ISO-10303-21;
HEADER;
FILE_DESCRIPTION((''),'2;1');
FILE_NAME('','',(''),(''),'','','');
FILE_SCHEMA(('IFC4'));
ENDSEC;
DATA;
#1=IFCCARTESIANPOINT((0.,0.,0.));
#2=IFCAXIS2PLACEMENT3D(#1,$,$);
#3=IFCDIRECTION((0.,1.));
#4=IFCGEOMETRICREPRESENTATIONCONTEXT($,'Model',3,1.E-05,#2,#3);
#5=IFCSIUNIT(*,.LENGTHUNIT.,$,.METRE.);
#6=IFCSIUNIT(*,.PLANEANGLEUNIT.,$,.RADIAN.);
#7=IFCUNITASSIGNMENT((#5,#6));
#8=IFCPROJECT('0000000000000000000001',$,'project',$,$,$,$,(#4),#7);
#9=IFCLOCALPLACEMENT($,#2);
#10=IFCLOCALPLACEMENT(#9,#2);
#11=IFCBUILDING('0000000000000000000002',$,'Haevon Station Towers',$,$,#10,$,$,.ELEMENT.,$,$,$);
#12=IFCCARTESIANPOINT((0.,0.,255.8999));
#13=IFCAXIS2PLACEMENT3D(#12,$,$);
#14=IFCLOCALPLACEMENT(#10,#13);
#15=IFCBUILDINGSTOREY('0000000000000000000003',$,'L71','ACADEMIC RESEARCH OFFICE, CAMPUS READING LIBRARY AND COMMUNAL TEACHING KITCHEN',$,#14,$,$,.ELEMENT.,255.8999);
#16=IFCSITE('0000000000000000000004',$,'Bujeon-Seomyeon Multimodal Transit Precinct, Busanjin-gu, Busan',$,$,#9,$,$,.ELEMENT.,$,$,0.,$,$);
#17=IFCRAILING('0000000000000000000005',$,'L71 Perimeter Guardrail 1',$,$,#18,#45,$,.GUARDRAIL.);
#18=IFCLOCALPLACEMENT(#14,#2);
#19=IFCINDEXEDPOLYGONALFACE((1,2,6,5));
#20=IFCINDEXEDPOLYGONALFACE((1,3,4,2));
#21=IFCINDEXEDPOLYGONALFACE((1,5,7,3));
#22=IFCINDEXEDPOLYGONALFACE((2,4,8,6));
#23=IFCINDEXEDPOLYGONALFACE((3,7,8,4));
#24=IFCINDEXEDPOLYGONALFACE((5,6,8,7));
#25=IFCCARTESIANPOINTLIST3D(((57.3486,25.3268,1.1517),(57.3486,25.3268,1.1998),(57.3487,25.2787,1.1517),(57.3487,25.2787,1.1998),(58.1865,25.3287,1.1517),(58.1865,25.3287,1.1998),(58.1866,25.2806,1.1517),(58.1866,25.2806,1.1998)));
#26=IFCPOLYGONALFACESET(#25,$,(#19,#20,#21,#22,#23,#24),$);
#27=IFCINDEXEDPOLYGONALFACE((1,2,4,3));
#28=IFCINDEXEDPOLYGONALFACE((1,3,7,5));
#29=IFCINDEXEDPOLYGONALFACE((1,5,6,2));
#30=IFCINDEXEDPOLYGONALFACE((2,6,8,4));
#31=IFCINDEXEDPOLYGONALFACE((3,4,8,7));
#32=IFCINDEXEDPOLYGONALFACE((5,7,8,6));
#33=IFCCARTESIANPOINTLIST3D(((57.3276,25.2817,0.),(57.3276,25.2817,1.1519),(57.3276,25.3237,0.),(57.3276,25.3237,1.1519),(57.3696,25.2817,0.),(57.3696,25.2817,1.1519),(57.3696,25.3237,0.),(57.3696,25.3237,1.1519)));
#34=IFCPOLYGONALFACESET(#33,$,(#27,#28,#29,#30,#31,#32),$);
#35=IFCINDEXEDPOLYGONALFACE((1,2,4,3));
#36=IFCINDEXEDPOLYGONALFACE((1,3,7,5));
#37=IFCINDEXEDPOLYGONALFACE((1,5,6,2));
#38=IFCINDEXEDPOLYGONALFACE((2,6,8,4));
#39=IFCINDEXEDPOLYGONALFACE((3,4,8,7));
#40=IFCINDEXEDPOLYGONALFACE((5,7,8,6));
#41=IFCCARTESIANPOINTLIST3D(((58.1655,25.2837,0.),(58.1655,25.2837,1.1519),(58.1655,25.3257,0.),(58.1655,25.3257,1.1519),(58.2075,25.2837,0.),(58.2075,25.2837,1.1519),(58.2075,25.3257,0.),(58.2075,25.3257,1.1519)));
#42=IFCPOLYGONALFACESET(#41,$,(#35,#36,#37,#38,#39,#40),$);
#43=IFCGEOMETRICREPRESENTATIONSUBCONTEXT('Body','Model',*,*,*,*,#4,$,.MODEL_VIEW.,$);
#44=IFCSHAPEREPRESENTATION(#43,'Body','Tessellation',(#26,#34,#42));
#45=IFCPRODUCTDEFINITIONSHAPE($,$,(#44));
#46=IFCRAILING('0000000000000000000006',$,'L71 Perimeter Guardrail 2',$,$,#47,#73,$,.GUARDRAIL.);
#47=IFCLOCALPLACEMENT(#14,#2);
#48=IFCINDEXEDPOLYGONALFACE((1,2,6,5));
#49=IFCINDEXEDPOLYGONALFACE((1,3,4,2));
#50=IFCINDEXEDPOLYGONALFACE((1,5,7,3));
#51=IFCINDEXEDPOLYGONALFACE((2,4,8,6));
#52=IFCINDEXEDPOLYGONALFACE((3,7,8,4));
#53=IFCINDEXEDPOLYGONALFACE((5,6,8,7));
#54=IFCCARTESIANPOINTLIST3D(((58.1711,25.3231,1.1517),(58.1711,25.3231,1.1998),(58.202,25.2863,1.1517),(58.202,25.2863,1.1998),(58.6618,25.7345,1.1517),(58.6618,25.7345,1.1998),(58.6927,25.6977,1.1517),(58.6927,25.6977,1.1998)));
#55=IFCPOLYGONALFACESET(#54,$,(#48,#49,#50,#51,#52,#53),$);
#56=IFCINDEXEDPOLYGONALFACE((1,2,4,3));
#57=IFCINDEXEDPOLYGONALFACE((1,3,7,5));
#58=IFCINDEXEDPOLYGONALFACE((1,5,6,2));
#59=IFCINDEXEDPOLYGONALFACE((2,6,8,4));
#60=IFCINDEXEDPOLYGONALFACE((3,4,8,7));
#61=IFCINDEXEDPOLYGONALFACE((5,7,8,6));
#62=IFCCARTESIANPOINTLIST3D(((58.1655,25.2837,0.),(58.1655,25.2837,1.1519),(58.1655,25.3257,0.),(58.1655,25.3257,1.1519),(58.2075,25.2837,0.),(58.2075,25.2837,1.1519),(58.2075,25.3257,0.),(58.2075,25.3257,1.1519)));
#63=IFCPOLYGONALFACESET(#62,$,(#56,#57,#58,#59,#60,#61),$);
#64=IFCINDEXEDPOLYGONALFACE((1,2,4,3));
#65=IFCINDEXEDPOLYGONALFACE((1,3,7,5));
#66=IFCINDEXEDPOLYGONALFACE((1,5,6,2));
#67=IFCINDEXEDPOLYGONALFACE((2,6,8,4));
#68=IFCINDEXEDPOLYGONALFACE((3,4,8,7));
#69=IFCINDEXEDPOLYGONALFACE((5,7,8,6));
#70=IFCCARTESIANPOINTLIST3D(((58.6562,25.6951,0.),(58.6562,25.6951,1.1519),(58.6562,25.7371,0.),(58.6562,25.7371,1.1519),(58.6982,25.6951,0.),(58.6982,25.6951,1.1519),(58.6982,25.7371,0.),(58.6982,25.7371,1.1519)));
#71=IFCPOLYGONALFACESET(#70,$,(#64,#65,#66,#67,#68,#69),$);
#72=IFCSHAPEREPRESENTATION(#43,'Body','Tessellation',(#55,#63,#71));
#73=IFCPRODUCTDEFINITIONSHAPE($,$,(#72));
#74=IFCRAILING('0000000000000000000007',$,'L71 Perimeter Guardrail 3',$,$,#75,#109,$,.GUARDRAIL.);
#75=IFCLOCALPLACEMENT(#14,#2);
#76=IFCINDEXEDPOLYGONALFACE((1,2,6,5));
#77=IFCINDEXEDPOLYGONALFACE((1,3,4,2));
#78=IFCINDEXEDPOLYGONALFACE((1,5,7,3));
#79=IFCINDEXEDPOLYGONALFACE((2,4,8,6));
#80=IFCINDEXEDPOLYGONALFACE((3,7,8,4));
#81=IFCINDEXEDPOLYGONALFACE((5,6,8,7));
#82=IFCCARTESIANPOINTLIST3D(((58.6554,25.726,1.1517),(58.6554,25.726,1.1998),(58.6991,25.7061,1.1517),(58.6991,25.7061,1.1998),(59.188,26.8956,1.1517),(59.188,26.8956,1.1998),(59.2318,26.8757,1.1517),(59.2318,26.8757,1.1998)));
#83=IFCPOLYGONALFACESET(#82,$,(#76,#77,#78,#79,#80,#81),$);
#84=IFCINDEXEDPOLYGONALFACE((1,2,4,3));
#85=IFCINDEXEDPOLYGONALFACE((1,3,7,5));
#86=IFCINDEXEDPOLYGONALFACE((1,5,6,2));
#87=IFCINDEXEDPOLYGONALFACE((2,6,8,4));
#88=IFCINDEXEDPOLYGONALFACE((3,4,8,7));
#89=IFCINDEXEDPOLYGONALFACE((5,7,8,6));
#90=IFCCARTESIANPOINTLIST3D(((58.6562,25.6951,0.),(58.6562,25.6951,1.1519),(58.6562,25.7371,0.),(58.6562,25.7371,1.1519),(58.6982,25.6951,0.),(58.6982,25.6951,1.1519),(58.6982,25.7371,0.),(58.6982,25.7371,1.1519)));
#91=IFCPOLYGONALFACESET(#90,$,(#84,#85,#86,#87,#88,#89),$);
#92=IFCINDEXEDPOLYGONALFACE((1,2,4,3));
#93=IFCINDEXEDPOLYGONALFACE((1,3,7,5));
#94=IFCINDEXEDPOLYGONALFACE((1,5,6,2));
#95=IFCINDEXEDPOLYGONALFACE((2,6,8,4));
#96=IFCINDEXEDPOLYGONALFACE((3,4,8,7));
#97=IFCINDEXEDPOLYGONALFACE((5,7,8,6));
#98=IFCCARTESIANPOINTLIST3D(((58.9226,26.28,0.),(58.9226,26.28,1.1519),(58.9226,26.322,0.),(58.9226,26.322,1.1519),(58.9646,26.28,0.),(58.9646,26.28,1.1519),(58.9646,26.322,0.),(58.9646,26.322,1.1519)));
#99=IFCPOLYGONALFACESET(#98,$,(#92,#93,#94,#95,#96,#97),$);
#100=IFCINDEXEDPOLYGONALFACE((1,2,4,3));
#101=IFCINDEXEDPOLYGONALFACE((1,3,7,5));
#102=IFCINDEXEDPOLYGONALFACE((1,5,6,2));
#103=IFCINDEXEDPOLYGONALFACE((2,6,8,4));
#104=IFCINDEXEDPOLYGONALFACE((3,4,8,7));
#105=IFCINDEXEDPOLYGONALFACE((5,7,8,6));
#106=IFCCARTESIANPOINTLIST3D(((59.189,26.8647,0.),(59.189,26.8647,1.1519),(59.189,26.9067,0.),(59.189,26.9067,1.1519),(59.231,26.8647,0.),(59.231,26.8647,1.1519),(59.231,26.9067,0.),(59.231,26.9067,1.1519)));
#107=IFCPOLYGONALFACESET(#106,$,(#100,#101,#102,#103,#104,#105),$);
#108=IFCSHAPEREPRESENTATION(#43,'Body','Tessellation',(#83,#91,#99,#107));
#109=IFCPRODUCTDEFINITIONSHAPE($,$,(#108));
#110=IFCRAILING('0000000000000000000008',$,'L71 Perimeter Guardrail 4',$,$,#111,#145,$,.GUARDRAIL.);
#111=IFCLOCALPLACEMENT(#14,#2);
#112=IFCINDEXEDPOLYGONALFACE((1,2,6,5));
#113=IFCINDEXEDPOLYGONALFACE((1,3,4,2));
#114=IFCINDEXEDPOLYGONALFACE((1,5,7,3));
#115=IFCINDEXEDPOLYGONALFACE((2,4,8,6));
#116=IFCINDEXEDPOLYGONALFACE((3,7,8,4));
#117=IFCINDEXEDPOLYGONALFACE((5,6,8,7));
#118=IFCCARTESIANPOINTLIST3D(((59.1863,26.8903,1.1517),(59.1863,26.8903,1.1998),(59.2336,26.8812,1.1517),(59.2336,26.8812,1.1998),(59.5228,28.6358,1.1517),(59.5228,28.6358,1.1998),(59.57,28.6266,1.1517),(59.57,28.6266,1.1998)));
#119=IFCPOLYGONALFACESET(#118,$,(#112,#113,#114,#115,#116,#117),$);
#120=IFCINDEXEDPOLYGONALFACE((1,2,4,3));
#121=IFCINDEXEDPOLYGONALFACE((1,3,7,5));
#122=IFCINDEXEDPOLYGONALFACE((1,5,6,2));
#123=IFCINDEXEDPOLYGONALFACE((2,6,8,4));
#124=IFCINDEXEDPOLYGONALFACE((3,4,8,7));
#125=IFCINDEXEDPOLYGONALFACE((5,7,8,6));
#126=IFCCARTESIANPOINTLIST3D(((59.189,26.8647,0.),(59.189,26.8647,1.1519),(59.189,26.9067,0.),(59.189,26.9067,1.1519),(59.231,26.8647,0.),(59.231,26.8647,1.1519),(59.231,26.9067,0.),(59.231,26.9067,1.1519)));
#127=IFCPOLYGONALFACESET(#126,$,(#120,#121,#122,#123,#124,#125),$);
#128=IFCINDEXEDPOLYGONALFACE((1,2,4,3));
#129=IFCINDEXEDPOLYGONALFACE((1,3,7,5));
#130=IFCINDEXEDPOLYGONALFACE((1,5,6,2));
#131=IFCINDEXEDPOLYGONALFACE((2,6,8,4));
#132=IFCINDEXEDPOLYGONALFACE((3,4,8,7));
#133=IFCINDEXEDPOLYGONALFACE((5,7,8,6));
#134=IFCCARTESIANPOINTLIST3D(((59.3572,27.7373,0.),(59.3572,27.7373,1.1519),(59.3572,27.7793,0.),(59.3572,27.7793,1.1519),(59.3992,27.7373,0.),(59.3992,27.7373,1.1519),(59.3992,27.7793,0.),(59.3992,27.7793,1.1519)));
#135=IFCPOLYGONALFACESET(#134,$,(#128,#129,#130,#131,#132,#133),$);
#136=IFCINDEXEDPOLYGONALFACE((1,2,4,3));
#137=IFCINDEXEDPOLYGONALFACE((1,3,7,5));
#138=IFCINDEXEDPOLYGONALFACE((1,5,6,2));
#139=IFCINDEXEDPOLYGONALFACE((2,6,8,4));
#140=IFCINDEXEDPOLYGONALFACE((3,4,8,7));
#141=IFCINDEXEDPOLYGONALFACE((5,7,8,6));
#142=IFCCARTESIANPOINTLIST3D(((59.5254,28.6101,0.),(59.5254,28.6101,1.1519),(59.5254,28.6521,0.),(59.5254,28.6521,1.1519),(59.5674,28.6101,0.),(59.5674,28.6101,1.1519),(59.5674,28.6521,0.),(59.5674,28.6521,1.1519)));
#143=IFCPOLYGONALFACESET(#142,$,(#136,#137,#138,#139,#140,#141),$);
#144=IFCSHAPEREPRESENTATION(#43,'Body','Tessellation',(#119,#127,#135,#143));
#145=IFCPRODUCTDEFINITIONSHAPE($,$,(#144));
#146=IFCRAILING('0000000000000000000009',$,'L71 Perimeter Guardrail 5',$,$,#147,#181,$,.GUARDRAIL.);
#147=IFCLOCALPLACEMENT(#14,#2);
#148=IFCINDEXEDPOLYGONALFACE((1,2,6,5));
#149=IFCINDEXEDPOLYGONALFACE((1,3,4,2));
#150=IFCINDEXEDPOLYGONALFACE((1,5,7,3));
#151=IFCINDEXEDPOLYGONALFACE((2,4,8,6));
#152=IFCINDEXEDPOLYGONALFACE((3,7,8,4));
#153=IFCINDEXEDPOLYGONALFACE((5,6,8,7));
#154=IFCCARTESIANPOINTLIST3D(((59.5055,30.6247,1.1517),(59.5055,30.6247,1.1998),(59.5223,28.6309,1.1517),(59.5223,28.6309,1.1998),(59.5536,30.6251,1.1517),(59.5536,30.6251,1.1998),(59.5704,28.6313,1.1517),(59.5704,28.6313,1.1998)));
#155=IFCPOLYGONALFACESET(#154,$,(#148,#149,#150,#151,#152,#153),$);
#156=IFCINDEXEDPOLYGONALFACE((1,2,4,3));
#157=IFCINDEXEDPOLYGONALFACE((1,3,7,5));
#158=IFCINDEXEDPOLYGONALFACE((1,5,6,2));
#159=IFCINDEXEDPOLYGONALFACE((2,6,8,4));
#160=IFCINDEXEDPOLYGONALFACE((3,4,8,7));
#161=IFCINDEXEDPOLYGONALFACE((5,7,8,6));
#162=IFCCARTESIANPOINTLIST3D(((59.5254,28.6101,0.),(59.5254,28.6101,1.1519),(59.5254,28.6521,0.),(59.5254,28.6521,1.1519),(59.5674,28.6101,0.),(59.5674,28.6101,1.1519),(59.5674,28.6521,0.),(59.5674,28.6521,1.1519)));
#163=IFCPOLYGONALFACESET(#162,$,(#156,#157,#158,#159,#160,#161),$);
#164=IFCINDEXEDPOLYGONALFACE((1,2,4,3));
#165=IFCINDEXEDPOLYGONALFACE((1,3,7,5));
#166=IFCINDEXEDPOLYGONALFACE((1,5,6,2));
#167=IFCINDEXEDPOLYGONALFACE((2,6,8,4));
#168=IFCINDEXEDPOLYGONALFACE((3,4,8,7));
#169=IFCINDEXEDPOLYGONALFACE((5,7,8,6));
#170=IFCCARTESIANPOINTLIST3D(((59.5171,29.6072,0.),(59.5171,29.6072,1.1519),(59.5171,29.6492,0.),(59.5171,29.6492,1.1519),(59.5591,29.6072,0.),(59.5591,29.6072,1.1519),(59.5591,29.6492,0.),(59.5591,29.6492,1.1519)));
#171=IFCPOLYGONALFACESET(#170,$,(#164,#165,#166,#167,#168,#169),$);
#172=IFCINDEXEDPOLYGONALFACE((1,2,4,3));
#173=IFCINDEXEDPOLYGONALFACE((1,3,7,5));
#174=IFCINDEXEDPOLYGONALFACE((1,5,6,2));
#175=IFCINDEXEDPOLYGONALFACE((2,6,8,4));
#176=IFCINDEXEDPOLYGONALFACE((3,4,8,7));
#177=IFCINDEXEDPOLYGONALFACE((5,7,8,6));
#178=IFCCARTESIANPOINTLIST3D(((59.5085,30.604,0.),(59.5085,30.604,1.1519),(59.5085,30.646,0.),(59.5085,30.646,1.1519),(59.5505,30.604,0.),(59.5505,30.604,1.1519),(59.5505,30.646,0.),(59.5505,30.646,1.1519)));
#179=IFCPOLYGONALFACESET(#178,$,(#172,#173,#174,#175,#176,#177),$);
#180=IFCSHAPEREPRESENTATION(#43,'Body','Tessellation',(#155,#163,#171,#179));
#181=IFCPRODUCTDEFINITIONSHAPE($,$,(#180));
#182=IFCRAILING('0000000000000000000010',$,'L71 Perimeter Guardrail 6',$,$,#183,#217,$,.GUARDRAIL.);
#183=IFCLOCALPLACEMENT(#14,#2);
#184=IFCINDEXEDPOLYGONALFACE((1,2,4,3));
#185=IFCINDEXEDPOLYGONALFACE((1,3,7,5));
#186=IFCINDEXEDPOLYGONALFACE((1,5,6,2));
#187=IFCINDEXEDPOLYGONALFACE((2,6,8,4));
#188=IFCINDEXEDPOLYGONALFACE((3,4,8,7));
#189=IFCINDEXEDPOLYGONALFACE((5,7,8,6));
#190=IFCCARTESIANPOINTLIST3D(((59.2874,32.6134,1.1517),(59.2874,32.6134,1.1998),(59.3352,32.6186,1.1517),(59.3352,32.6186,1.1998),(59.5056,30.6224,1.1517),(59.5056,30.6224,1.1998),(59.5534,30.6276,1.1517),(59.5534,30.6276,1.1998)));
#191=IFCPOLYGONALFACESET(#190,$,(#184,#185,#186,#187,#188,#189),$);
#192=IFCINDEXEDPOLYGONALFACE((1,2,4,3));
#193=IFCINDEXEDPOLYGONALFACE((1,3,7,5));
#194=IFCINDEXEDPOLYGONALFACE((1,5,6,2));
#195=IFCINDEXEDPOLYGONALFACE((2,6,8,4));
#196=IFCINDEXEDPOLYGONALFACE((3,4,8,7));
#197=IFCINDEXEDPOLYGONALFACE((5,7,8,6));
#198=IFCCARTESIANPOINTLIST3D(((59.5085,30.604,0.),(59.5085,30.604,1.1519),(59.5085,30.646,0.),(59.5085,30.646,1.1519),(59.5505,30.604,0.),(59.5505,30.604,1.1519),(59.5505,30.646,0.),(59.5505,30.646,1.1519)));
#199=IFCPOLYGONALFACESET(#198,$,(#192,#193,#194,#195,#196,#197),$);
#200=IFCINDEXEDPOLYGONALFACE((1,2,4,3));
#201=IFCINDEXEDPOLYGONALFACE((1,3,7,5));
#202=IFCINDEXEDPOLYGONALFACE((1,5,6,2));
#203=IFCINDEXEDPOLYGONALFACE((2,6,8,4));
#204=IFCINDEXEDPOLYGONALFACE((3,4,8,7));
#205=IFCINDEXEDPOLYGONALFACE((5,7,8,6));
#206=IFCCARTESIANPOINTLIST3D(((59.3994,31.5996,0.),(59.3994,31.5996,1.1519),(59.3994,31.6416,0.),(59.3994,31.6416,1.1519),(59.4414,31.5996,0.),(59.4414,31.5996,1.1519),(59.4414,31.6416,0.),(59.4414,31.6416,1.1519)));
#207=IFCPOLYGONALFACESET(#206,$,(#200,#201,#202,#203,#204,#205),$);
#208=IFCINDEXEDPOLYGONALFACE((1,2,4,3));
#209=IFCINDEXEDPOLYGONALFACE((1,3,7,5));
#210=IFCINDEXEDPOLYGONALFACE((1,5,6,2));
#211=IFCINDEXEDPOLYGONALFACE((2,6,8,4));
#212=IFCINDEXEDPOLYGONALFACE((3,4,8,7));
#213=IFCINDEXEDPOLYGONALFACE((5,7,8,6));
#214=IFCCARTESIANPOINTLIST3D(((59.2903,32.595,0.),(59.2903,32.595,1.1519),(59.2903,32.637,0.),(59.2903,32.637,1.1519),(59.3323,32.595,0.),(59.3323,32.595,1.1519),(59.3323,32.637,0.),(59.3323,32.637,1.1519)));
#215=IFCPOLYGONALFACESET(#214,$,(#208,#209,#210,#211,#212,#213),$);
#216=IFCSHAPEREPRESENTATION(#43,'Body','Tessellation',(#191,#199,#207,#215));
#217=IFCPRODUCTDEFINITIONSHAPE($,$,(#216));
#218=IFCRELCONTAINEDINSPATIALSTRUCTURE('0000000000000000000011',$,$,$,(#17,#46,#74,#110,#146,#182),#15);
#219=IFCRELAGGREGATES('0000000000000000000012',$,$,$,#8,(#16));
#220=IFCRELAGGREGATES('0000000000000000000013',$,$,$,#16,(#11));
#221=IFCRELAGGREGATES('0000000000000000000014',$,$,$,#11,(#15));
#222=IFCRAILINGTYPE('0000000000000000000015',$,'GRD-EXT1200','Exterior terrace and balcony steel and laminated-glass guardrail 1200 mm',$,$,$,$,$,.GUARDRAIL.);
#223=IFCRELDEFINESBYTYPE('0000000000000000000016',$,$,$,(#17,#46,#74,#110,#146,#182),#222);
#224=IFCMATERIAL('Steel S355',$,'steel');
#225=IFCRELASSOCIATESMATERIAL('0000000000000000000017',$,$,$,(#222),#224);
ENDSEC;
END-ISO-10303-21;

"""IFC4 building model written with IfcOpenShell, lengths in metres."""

from ifc_helpers import new_model, si_unit, direction, frame, origin, origin_2d, place, context, subcontext, project, spatial, rectangle, extrude, material, type_object, element, save


model = new_model("IFC4")

# Units and contexts
model_context = context("Model", 3, precision=1e-05, world=origin(), true_north=direction((0.0, 1.0)))
body_context = subcontext(model_context, "Body", "Model", "MODEL_VIEW")
ifc_project = project(units=[si_unit("LENGTHUNIT", "METRE"), si_unit("PLANEANGLEUNIT", "RADIAN")], contexts=[model_context])

# Site, building, storey
site_placement = place(None, origin())
site = spatial("IfcSite", under=ifc_project, at=site_placement, Name="Bujeon-Seomyeon Multimodal Transit Precinct, Busanjin-gu, Busan", CompositionType="ELEMENT", RefElevation=0.0)
building_placement = place(site_placement, origin())
building = spatial("IfcBuilding", under=site, at=building_placement, Name="Haevon Station Towers", CompositionType="ELEMENT")
storey_placement = place(building_placement, frame((0.0, 0.0, 255.8999)))
storey = spatial("IfcBuildingStorey", under=building, at=storey_placement, Name="L71", Description="ACADEMIC RESEARCH OFFICE, CAMPUS READING LIBRARY AND COMMUNAL TEACHING KITCHEN", CompositionType="ELEMENT", Elevation=255.8999)

# Shared definitions
ifc_material_1 = material(Name="Steel S355", Category="steel")

# Railings
railing_type = type_object("IfcRailingType", Name="GRD-EXT1200", Description="Exterior terrace and balcony steel and laminated-glass guardrail 1200 mm", PredefinedType="GUARDRAIL", material=ifc_material_1)
railing_1_placement = place(storey_placement, frame((57.3486, 25.3027, 0.0)))
element("IfcRailing", 1, at=railing_1_placement, inside=storey, type_object=railing_type, Name="L71 Perimeter Guardrail 1", PredefinedType="GUARDRAIL", context=body_context, shape_type="SweptSolid", body=[
    extrude(rectangle(XDim=0.0481, YDim=0.0481, at=origin_2d()), frame((0.0, 0.0, 1.1758), z_axis=(0.999997, 0.002331, 0.0), x_axis=(-0.002331, 0.999997, 0.0)), (0.0, 0.0, 1.0), 0.8379),
    extrude(rectangle(XDim=0.042, YDim=0.042, at=origin_2d()), origin(), (0.0, 0.0, 1.0), 1.1519),
    extrude(rectangle(XDim=0.042, YDim=0.042, at=origin_2d()), frame((0.8379, 0.002, 0.0)), (0.0, 0.0, 1.0), 1.1519),
])
railing_2_placement = place(storey_placement, frame((58.1865, 25.3047, 0.0)))
element("IfcRailing", 2, at=railing_2_placement, inside=storey, type_object=railing_type, Name="L71 Perimeter Guardrail 2", PredefinedType="GUARDRAIL", context=body_context, shape_type="SweptSolid", body=[
    extrude(rectangle(XDim=0.0481, YDim=0.0481, at=origin_2d()), frame((0.0, 0.0, 1.1758), z_axis=(0.766343, 0.642432, 0.0), x_axis=(-0.642432, 0.766343, 0.0)), (0.0, 0.0, 1.0), 0.6404),
    extrude(rectangle(XDim=0.042, YDim=0.042, at=origin_2d()), origin(), (0.0, 0.0, 1.0), 1.1519),
    extrude(rectangle(XDim=0.042, YDim=0.042, at=origin_2d()), frame((0.4907, 0.4114, 0.0)), (0.0, 0.0, 1.0), 1.1519),
])
railing_3_placement = place(storey_placement, frame((58.6772, 25.7161, 0.0)))
element("IfcRailing", 3, at=railing_3_placement, inside=storey, type_object=railing_type, Name="L71 Perimeter Guardrail 3", PredefinedType="GUARDRAIL", context=body_context, shape_type="SweptSolid", body=[
    extrude(rectangle(XDim=0.0481, YDim=0.0481, at=origin_2d()), frame((0.0, 0.0, 1.1758), z_axis=(0.414475, 0.91006, 0.0), x_axis=(-0.91006, 0.414475, 0.0)), (0.0, 0.0, 1.0), 1.2852),
    extrude(rectangle(XDim=0.042, YDim=0.042, at=origin_2d()), origin(), (0.0, 0.0, 1.0), 1.1519),
    extrude(rectangle(XDim=0.042, YDim=0.042, at=origin_2d()), frame((0.2664, 0.585, 0.0)), (0.0, 0.0, 1.0), 1.1519),
    extrude(rectangle(XDim=0.042, YDim=0.042, at=origin_2d()), frame((0.5327, 1.1697, 0.0)), (0.0, 0.0, 1.0), 1.1519),
])
railing_4_placement = place(storey_placement, frame((59.21, 26.8857, 0.0)))
element("IfcRailing", 4, at=railing_4_placement, inside=storey, type_object=railing_type, Name="L71 Perimeter Guardrail 4", PredefinedType="GUARDRAIL", context=body_context, shape_type="SweptSolid", body=[
    extrude(rectangle(XDim=0.0481, YDim=0.0481, at=origin_2d()), frame((0.0, 0.0, 1.1758), z_axis=(0.18927, 0.981925, 0.0), x_axis=(-0.981925, 0.18927, 0.0)), (0.0, 0.0, 1.0), 1.7776),
    extrude(rectangle(XDim=0.042, YDim=0.042, at=origin_2d()), origin(), (0.0, 0.0, 1.0), 1.1519),
    extrude(rectangle(XDim=0.042, YDim=0.042, at=origin_2d()), frame((0.1682, 0.8726, 0.0)), (0.0, 0.0, 1.0), 1.1519),
    extrude(rectangle(XDim=0.042, YDim=0.042, at=origin_2d()), frame((0.3364, 1.7454, 0.0)), (0.0, 0.0, 1.0), 1.1519),
])
railing_5_placement = place(storey_placement, frame((59.5464, 28.6311, 0.0)))
element("IfcRailing", 5, at=railing_5_placement, inside=storey, type_object=railing_type, Name="L71 Perimeter Guardrail 5", PredefinedType="GUARDRAIL", context=body_context, shape_type="SweptSolid", body=[
    extrude(rectangle(XDim=0.0481, YDim=0.0481, at=origin_2d()), frame((0.0, 0.0, 1.1758), z_axis=(-0.008448, 0.999964, 0.0), x_axis=(-0.999964, -0.008448, 0.0)), (0.0, 0.0, 1.0), 1.9939),
    extrude(rectangle(XDim=0.042, YDim=0.042, at=origin_2d()), origin(), (0.0, 0.0, 1.0), 1.1519),
    extrude(rectangle(XDim=0.042, YDim=0.042, at=origin_2d()), frame((-0.0083, 0.9971, 0.0)), (0.0, 0.0, 1.0), 1.1519),
    extrude(rectangle(XDim=0.042, YDim=0.042, at=origin_2d()), frame((-0.0168, 1.9939, 0.0)), (0.0, 0.0, 1.0), 1.1519),
])
railing_6_placement = place(storey_placement, frame((59.5295, 30.625, 0.0)))
element("IfcRailing", 6, at=railing_6_placement, inside=storey, type_object=railing_type, Name="L71 Perimeter Guardrail 6", PredefinedType="GUARDRAIL", context=body_context, shape_type="SweptSolid", body=[
    extrude(rectangle(XDim=0.0481, YDim=0.0481, at=origin_2d()), frame((0.0, 0.0, 1.1758), z_axis=(-0.108973, 0.994045, 0.0), x_axis=(-0.994045, -0.108973, 0.0)), (0.0, 0.0, 1.0), 2.0029),
    extrude(rectangle(XDim=0.042, YDim=0.042, at=origin_2d()), origin(), (0.0, 0.0, 1.0), 1.1519),
    extrude(rectangle(XDim=0.042, YDim=0.042, at=origin_2d()), frame((-0.1091, 0.9956, 0.0)), (0.0, 0.0, 1.0), 1.1519),
    extrude(rectangle(XDim=0.042, YDim=0.042, at=origin_2d()), frame((-0.2183, 1.991, 0.0)), (0.0, 0.0, 1.0), 1.1519),
])

save(model, "model.ifc")
